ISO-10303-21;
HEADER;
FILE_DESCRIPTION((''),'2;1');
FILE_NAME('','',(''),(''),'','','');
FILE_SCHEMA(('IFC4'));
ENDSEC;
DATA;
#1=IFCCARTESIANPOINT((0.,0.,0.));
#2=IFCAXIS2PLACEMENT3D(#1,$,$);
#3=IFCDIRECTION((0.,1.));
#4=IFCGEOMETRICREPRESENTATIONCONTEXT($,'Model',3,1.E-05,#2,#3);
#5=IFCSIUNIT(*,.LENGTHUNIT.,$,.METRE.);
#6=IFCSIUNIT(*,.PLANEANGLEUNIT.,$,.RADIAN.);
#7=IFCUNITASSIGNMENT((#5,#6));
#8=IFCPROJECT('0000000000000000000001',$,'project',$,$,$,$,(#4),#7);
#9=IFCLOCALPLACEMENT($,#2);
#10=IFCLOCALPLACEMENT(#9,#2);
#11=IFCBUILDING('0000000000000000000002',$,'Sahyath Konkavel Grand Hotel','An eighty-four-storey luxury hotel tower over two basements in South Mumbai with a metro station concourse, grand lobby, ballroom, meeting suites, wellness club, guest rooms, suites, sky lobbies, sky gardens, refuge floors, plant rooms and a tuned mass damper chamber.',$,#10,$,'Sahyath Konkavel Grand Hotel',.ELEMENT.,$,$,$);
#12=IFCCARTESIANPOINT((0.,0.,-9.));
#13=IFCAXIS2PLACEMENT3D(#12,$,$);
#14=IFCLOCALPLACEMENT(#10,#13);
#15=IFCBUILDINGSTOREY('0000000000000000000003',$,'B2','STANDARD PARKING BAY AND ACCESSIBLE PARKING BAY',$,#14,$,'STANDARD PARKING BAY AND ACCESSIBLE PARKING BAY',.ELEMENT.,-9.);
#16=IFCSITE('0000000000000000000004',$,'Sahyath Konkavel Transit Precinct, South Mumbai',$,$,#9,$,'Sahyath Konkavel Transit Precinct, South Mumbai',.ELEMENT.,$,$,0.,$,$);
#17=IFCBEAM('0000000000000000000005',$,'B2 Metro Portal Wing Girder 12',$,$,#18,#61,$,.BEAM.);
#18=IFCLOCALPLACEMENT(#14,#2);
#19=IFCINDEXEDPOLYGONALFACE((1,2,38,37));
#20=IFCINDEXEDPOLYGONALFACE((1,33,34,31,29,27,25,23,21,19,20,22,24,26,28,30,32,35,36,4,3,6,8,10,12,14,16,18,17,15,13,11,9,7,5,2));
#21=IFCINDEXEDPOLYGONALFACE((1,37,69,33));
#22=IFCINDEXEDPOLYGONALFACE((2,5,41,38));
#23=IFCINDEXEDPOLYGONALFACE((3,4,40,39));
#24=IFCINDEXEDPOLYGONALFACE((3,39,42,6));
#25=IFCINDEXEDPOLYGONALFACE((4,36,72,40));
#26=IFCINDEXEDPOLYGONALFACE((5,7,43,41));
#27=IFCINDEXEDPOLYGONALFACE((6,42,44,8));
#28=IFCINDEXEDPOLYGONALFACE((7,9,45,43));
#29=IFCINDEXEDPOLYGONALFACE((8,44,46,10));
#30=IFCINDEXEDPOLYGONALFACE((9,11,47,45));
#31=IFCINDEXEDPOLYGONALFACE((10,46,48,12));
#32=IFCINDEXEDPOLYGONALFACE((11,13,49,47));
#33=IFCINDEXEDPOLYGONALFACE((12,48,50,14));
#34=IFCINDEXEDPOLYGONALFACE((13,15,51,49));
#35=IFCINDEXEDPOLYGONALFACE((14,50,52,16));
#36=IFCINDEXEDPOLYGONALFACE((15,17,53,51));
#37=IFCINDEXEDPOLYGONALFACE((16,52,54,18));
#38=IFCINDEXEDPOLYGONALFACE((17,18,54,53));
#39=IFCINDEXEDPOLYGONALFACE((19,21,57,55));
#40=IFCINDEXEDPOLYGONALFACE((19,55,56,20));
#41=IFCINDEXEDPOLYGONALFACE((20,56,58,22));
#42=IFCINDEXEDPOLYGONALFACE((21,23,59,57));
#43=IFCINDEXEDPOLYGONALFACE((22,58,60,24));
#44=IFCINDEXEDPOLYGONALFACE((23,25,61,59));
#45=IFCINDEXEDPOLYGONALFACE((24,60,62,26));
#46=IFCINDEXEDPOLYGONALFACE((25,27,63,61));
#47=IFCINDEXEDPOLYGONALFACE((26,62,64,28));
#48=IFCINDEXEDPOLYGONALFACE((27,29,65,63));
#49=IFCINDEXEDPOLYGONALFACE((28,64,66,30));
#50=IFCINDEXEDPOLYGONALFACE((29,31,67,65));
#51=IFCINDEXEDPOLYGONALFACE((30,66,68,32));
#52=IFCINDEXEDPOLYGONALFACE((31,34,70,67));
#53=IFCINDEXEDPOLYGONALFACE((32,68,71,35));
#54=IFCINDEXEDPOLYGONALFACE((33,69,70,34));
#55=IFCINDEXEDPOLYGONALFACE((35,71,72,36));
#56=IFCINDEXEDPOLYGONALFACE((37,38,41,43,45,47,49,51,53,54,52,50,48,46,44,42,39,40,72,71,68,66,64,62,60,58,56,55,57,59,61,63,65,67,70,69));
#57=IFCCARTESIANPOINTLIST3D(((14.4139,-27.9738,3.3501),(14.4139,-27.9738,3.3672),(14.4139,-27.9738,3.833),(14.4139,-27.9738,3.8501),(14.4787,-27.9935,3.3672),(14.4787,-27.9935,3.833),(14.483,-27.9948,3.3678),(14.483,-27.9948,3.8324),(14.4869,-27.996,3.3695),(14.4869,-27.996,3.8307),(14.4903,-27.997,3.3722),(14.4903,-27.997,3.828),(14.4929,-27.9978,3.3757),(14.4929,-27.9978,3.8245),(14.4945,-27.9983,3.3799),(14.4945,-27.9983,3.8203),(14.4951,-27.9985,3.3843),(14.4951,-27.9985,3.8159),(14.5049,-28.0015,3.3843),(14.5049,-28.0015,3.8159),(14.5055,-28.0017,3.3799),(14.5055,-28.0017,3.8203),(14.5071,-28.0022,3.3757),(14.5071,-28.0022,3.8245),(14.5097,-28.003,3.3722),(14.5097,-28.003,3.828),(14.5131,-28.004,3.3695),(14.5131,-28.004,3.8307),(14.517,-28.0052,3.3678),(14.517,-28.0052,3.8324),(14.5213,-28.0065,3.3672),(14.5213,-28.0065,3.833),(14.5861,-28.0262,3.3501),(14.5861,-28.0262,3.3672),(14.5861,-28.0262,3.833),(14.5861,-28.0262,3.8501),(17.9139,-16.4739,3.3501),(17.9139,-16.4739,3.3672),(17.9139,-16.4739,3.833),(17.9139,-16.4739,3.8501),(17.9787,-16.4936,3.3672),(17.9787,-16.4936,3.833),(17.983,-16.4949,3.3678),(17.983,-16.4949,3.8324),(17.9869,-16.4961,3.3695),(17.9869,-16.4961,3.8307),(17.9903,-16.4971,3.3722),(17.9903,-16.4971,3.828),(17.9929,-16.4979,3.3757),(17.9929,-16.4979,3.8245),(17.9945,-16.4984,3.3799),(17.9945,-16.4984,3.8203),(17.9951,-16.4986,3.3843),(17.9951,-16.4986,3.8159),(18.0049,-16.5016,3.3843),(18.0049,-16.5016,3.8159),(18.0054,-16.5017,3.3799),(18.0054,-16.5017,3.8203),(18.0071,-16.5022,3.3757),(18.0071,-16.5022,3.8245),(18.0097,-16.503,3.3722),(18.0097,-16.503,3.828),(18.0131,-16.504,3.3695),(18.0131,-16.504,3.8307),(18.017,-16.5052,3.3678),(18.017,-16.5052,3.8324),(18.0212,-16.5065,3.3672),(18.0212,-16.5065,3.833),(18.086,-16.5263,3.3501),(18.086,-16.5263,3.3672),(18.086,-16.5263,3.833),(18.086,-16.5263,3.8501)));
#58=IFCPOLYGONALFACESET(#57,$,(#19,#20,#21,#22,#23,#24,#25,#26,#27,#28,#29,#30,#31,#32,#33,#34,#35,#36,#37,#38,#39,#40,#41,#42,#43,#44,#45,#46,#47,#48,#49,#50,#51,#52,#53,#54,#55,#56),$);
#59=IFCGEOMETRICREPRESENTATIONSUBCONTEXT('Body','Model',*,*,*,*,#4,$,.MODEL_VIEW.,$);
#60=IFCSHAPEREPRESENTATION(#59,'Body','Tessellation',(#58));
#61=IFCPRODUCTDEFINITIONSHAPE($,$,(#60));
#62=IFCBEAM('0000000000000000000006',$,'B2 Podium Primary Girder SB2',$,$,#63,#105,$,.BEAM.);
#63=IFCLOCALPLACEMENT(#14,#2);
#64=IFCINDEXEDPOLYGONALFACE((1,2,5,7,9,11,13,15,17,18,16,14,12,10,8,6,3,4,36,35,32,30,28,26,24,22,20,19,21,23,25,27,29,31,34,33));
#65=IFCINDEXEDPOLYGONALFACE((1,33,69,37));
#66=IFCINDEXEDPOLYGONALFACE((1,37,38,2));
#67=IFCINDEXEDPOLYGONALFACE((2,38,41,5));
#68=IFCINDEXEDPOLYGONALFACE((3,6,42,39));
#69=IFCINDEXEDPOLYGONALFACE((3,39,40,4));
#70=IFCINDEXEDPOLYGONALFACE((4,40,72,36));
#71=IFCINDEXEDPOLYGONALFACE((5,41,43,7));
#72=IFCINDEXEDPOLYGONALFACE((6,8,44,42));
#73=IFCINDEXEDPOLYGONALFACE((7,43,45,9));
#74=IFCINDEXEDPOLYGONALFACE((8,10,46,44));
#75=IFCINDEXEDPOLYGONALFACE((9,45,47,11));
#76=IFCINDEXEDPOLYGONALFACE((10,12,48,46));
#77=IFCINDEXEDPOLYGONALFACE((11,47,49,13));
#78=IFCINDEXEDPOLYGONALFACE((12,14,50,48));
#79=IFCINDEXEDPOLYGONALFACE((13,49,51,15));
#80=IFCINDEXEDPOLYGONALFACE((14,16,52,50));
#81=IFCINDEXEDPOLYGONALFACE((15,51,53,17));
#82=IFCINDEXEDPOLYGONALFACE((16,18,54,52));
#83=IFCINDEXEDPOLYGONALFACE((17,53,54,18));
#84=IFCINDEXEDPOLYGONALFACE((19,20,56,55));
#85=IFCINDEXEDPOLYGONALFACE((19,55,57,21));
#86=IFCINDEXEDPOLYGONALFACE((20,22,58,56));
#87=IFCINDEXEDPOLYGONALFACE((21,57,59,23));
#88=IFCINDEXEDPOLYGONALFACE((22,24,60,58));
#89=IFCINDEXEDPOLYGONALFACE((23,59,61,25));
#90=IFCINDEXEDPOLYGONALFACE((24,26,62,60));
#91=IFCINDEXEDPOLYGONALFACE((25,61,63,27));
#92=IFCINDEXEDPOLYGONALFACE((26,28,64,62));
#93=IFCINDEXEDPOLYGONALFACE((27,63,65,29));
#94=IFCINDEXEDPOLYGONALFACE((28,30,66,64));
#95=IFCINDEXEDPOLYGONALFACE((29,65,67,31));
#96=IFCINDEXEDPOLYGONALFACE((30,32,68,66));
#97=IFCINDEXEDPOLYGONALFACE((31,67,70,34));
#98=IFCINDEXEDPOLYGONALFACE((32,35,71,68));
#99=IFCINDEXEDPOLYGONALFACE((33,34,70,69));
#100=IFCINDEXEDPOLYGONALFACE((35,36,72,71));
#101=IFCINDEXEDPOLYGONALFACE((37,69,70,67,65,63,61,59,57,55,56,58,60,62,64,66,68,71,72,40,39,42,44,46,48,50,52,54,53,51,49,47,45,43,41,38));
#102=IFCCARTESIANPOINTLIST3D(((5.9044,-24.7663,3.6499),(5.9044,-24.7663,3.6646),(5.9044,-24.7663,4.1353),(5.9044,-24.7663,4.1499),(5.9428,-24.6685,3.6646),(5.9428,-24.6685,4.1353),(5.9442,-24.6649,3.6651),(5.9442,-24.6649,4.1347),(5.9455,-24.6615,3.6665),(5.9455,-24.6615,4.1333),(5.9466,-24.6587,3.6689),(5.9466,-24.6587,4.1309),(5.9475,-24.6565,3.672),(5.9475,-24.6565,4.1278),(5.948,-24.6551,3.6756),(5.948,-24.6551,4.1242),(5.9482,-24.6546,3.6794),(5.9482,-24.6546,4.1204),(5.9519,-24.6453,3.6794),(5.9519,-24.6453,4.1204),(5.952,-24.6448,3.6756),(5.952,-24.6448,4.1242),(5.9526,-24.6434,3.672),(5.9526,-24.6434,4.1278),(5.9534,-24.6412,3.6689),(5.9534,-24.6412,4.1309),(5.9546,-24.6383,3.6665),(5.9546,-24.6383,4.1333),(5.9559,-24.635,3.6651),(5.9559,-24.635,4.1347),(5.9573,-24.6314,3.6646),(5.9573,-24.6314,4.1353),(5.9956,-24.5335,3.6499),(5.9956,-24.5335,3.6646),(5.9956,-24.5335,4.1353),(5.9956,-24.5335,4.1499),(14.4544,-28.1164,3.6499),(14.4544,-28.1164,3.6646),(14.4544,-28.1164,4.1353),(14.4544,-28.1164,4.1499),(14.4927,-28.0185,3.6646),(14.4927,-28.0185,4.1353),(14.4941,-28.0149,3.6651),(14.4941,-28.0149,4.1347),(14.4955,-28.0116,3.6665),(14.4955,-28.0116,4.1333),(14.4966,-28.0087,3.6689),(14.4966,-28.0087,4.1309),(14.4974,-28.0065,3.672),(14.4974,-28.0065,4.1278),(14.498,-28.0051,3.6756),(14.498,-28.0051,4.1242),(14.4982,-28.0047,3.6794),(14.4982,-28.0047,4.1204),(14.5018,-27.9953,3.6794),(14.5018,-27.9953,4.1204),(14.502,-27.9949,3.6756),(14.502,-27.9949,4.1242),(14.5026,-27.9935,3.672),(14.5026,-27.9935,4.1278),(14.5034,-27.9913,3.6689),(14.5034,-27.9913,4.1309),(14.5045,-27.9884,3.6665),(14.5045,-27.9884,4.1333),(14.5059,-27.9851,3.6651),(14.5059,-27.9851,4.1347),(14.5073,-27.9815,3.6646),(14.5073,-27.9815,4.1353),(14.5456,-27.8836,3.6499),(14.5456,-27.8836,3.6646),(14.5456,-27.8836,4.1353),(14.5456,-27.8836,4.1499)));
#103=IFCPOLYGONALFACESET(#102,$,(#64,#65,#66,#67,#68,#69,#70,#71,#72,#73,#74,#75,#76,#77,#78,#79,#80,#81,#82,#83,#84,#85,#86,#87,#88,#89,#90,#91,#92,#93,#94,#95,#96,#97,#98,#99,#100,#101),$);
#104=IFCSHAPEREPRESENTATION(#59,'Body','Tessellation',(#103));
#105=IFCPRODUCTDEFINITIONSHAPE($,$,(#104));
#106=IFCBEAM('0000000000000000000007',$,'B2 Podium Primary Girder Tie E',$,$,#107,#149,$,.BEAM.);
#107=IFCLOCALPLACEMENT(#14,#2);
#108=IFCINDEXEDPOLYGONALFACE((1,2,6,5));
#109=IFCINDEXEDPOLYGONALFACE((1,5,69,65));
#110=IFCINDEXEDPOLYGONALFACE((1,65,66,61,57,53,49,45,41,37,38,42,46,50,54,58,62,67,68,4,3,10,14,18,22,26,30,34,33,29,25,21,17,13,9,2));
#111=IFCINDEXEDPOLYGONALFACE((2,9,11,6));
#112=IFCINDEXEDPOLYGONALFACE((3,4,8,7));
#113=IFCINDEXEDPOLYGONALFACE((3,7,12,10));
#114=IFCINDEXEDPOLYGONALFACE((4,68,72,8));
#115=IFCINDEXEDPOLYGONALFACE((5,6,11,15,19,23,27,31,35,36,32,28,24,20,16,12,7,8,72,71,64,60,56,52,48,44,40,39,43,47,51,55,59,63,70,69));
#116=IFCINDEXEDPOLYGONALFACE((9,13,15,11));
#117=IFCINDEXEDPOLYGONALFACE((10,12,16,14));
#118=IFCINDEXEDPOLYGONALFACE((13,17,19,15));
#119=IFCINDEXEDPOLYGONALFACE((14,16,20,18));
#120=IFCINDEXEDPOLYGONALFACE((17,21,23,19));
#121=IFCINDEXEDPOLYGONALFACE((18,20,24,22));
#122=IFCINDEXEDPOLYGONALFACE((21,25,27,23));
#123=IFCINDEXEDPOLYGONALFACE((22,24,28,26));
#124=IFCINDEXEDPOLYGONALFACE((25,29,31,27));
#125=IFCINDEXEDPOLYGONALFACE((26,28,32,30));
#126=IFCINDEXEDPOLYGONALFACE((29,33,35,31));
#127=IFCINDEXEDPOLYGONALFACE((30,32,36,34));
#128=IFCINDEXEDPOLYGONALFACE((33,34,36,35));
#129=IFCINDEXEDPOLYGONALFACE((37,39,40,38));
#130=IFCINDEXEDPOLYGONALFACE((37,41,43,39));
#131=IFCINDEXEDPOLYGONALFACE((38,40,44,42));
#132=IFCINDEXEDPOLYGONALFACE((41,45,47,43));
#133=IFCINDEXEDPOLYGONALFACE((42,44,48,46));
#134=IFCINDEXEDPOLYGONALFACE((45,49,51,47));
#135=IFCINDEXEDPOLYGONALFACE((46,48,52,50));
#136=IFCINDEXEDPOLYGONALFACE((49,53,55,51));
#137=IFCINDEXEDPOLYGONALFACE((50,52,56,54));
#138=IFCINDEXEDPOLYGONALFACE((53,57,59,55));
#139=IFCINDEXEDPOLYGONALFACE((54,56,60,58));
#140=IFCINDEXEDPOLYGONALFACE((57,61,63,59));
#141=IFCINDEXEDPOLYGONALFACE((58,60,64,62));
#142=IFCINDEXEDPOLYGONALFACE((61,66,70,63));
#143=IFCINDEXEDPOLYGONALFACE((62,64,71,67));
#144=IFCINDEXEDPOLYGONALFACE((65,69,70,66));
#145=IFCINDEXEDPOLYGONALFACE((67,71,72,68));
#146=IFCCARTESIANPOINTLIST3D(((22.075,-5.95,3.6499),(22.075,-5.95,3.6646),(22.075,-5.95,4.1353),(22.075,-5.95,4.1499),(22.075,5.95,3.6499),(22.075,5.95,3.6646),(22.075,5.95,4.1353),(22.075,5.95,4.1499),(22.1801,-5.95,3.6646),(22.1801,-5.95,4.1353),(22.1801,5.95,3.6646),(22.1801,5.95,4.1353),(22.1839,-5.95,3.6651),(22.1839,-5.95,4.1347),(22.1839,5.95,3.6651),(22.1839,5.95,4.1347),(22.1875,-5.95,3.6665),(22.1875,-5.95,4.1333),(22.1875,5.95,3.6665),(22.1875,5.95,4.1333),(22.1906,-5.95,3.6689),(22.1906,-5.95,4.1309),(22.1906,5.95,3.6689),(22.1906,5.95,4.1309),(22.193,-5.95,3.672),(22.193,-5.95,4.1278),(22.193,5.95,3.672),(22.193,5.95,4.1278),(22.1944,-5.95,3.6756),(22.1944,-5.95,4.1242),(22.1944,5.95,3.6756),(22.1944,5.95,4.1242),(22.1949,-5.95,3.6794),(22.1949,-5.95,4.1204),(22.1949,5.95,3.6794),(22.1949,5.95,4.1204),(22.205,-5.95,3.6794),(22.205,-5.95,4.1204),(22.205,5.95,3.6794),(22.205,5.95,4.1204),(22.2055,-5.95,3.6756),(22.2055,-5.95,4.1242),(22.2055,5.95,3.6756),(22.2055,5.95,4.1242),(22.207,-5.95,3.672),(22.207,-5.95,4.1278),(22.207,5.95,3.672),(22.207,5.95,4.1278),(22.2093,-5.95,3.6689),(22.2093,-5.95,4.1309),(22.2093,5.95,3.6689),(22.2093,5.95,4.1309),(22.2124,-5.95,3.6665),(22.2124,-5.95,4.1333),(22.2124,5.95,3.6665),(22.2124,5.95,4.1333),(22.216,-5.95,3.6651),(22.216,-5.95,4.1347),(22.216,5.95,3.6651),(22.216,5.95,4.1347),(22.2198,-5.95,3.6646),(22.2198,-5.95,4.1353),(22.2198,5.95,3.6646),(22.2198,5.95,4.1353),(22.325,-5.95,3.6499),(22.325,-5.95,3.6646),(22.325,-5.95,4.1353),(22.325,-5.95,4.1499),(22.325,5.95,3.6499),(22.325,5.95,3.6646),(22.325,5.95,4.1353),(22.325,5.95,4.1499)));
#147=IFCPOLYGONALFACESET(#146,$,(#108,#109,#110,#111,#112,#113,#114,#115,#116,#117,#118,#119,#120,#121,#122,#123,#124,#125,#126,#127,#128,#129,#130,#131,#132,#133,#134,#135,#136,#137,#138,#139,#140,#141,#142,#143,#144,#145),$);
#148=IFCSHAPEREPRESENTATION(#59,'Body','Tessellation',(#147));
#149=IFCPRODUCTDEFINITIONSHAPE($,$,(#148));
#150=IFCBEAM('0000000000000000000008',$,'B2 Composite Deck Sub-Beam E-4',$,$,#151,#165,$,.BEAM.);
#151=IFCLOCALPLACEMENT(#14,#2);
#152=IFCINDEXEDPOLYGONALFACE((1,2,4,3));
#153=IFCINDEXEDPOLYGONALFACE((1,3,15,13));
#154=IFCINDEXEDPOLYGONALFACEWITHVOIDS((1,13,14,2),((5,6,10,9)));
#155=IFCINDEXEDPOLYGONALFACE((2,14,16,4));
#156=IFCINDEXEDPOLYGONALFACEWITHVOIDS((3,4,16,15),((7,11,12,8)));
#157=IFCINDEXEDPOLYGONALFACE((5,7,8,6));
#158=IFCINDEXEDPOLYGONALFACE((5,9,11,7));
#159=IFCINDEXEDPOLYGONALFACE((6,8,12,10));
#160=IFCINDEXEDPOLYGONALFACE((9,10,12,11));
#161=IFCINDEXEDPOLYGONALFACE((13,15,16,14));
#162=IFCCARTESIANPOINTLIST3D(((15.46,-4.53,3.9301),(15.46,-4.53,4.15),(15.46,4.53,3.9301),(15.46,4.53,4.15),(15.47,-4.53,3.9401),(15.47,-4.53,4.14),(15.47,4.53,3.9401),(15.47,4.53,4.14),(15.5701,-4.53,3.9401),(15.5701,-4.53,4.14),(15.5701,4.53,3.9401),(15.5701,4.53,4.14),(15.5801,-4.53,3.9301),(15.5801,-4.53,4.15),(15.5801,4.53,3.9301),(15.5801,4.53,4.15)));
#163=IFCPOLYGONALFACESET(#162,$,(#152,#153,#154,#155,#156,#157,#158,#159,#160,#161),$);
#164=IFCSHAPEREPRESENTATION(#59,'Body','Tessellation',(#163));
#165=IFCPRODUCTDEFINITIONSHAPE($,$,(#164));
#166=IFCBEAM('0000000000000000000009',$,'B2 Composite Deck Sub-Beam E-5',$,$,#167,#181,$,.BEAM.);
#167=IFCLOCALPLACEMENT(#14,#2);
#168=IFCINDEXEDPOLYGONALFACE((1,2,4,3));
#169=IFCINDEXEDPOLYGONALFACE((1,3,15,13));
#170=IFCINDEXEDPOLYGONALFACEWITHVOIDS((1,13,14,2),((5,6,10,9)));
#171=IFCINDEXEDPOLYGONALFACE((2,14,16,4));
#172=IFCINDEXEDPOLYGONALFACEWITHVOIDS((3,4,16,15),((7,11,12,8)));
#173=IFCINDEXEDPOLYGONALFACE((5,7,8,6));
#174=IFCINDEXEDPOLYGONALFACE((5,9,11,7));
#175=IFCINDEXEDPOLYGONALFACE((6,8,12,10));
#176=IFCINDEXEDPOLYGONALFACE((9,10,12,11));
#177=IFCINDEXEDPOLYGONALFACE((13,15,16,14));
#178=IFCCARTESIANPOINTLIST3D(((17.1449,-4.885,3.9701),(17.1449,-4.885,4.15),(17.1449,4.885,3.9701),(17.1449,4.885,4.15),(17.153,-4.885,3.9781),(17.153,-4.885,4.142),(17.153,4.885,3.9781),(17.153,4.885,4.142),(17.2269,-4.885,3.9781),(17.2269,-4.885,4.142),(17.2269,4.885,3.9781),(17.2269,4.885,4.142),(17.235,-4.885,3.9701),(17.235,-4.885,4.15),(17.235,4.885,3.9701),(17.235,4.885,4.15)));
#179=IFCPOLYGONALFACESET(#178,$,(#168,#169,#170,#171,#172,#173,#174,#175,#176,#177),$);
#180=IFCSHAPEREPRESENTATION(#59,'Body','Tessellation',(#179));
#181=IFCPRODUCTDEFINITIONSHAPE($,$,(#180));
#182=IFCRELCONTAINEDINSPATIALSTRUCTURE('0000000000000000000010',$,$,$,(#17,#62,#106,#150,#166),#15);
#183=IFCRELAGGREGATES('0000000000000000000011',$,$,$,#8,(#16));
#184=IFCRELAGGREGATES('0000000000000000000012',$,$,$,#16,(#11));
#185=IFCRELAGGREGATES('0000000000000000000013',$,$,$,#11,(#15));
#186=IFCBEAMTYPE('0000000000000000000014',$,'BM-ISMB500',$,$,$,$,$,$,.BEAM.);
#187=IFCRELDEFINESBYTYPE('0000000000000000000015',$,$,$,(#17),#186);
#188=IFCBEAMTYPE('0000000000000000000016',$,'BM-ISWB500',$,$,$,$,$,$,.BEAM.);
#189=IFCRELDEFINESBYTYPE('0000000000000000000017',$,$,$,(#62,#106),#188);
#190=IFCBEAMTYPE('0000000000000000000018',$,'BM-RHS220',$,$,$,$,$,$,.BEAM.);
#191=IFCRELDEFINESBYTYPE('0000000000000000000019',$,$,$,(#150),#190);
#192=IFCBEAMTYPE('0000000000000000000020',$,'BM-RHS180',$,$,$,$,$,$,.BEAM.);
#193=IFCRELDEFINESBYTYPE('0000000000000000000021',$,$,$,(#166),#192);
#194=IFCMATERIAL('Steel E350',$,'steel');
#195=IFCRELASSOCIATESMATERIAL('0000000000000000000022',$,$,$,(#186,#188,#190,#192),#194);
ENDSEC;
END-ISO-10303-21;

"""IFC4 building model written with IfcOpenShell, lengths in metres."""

from ifc_helpers import new_model, si_unit, direction, frame, origin, origin_2d, place, context, subcontext, project, spatial, hollow_rectangle, i_section, extrude, source, transform, mapped, material, material_profile, profile_set, type_object, element, save


model = new_model("IFC4")

# Units and contexts
model_context = context("Model", 3, precision=1e-05, world=origin(), true_north=direction((0.0, 1.0)))
body_context = subcontext(model_context, "Body", "Model", "MODEL_VIEW")
ifc_project = project(units=[si_unit("LENGTHUNIT", "METRE"), si_unit("PLANEANGLEUNIT", "RADIAN")], contexts=[model_context])

# Site, building, storey
site_placement = place(None, origin())
site = spatial("IfcSite", under=ifc_project, at=site_placement, Name="Sahyath Konkavel Transit Precinct, South Mumbai", LongName="Sahyath Konkavel Transit Precinct, South Mumbai", CompositionType="ELEMENT", RefElevation=0.0)
building_placement = place(site_placement, origin())
building = spatial("IfcBuilding", under=site, at=building_placement, Name="Sahyath Konkavel Grand Hotel", Description="An eighty-four-storey luxury hotel tower over two basements in South Mumbai with a metro station concourse, grand lobby, ballroom, meeting suites, wellness club, guest rooms, suites, sky lobbies, sky gardens, refuge floors, plant rooms and a tuned mass damper chamber.", LongName="Sahyath Konkavel Grand Hotel", CompositionType="ELEMENT")
storey_placement = place(building_placement, frame((0.0, 0.0, -9.0)))
storey = spatial("IfcBuildingStorey", under=building, at=storey_placement, Name="B2", Description="STANDARD PARKING BAY AND ACCESSIBLE PARKING BAY", LongName="STANDARD PARKING BAY AND ACCESSIBLE PARKING BAY", CompositionType="ELEMENT", Elevation=-9.0)

# Beams
ifc_material_1 = material(Name="Steel E350", Category="steel")
ifc_material_profile_1 = material_profile(ifc_material_1, i_section(OverallWidth=0.1799, OverallDepth=0.5, WebThickness=0.0103, FlangeThickness=0.0171, FilletRadius=0.0171, at=origin_2d()), Name="ISMB 500")
ifc_profile_set_1 = profile_set([ifc_material_profile_1], Name="Steel E350")
beam_type_1 = type_object("IfcBeamType", Name="BM-ISMB500", PredefinedType="BEAM", material=ifc_profile_set_1)
shared_shape_1 = source(origin(), body_context, "Body", "SweptSolid", [
    extrude(i_section(OverallWidth=0.1799, OverallDepth=0.5, WebThickness=0.0103, FlangeThickness=0.0171, FilletRadius=0.0171, at=origin_2d()), origin(), (0.0, 0.0, 1.0), 12.0208),
])
beam_1_placement = place(storey_placement, frame((14.5, -28.0, 3.6001), z_axis=(0.291162, 0.956674, 0.0), x_axis=(-0.956674, 0.291162, 0.0)))
element("IfcBeam", 1, at=beam_1_placement, inside=storey, type_object=beam_type_1, Name="B2 Metro Portal Wing Girder 12", PredefinedType="BEAM", context=body_context, shape_type="MappedRepresentation", body=[
    mapped(shared_shape_1, transform((0.0, 0.0, 0.0), scale=1.0)),
])
ifc_material_profile_2 = material_profile(ifc_material_1, i_section(OverallWidth=0.25, OverallDepth=0.5, WebThickness=0.01, FlangeThickness=0.0146, FilletRadius=0.0149, at=origin_2d()), Name="ISWB 500")
ifc_profile_set_2 = profile_set([ifc_material_profile_2], Name="Steel E350")
beam_type_2 = type_object("IfcBeamType", Name="BM-ISWB500", PredefinedType="BEAM", material=ifc_profile_set_2)
shared_shape_2 = source(origin(), body_context, "Body", "SweptSolid", [
    extrude(i_section(OverallWidth=0.25, OverallDepth=0.5, WebThickness=0.01, FlangeThickness=0.0146, FilletRadius=0.0149, at=origin_2d()), origin(), (0.0, 0.0, 1.0), 9.1829),
])
beam_2_placement = place(storey_placement, frame((14.5, -28.0, 3.8999), z_axis=(-0.931079, 0.364817, 0.0), x_axis=(-0.364817, -0.931079, 0.0)))
element("IfcBeam", 2, at=beam_2_placement, inside=storey, type_object=beam_type_2, Name="B2 Podium Primary Girder SB2", PredefinedType="BEAM", context=body_context, shape_type="MappedRepresentation", body=[
    mapped(shared_shape_2, transform((0.0, 0.0, 0.0), scale=1.0)),
])
shared_shape_3 = source(origin(), body_context, "Body", "SweptSolid", [
    extrude(i_section(OverallWidth=0.25, OverallDepth=0.5, WebThickness=0.01, FlangeThickness=0.0146, FilletRadius=0.0149, at=origin_2d()), origin(), (0.0, 0.0, 1.0), 11.8999),
])
beam_3_placement = place(storey_placement, frame((22.2, -5.95, 3.8999), z_axis=(0.0, 1.0, 0.0), x_axis=(-1.0, 0.0, 0.0)))
element("IfcBeam", 3, at=beam_3_placement, inside=storey, type_object=beam_type_2, Name="B2 Podium Primary Girder Tie E", PredefinedType="BEAM", context=body_context, shape_type="MappedRepresentation", body=[
    mapped(shared_shape_3, transform((0.0, 0.0, 0.0), scale=1.0)),
])
ifc_material_profile_3 = material_profile(ifc_material_1, hollow_rectangle(XDim=0.1201, YDim=0.22, WallThickness=0.01, at=origin_2d()), Name="RHS 220x120x10")
ifc_profile_set_3 = profile_set([ifc_material_profile_3], Name="Steel E350")
beam_type_3 = type_object("IfcBeamType", Name="BM-RHS220", PredefinedType="BEAM", material=ifc_profile_set_3)
shared_shape_4 = source(origin(), body_context, "Body", "SweptSolid", [
    extrude(hollow_rectangle(XDim=0.1201, YDim=0.22, WallThickness=0.01, at=origin_2d()), origin(), (0.0, 0.0, 1.0), 9.0601),
])
beam_4_placement = place(storey_placement, frame((15.52, -4.53, 4.04), z_axis=(0.0, 1.0, 0.0), x_axis=(-1.0, 0.0, 0.0)))
element("IfcBeam", 4, at=beam_4_placement, inside=storey, type_object=beam_type_3, Name="B2 Composite Deck Sub-Beam E-4", PredefinedType="BEAM", context=body_context, shape_type="MappedRepresentation", body=[
    mapped(shared_shape_4, transform((0.0, 0.0, 0.0), scale=1.0)),
])
ifc_material_profile_4 = material_profile(ifc_material_1, hollow_rectangle(XDim=0.0901, YDim=0.1799, WallThickness=0.0081, at=origin_2d()), Name="RHS 180x90x8")
ifc_profile_set_4 = profile_set([ifc_material_profile_4], Name="Steel E350")
beam_type_4 = type_object("IfcBeamType", Name="BM-RHS180", PredefinedType="BEAM", material=ifc_profile_set_4)
shared_shape_5 = source(origin(), body_context, "Body", "SweptSolid", [
    extrude(hollow_rectangle(XDim=0.0901, YDim=0.1799, WallThickness=0.0081, at=origin_2d()), origin(), (0.0, 0.0, 1.0), 9.77),
])
beam_5_placement = place(storey_placement, frame((17.1899, -4.885, 4.0601), z_axis=(0.0, 1.0, 0.0), x_axis=(-1.0, 0.0, 0.0)))
element("IfcBeam", 5, at=beam_5_placement, inside=storey, type_object=beam_type_4, Name="B2 Composite Deck Sub-Beam E-5", PredefinedType="BEAM", context=body_context, shape_type="MappedRepresentation", body=[
    mapped(shared_shape_5, transform((0.0, 0.0, 0.0), scale=1.0)),
])

save(model, "model.ifc")
